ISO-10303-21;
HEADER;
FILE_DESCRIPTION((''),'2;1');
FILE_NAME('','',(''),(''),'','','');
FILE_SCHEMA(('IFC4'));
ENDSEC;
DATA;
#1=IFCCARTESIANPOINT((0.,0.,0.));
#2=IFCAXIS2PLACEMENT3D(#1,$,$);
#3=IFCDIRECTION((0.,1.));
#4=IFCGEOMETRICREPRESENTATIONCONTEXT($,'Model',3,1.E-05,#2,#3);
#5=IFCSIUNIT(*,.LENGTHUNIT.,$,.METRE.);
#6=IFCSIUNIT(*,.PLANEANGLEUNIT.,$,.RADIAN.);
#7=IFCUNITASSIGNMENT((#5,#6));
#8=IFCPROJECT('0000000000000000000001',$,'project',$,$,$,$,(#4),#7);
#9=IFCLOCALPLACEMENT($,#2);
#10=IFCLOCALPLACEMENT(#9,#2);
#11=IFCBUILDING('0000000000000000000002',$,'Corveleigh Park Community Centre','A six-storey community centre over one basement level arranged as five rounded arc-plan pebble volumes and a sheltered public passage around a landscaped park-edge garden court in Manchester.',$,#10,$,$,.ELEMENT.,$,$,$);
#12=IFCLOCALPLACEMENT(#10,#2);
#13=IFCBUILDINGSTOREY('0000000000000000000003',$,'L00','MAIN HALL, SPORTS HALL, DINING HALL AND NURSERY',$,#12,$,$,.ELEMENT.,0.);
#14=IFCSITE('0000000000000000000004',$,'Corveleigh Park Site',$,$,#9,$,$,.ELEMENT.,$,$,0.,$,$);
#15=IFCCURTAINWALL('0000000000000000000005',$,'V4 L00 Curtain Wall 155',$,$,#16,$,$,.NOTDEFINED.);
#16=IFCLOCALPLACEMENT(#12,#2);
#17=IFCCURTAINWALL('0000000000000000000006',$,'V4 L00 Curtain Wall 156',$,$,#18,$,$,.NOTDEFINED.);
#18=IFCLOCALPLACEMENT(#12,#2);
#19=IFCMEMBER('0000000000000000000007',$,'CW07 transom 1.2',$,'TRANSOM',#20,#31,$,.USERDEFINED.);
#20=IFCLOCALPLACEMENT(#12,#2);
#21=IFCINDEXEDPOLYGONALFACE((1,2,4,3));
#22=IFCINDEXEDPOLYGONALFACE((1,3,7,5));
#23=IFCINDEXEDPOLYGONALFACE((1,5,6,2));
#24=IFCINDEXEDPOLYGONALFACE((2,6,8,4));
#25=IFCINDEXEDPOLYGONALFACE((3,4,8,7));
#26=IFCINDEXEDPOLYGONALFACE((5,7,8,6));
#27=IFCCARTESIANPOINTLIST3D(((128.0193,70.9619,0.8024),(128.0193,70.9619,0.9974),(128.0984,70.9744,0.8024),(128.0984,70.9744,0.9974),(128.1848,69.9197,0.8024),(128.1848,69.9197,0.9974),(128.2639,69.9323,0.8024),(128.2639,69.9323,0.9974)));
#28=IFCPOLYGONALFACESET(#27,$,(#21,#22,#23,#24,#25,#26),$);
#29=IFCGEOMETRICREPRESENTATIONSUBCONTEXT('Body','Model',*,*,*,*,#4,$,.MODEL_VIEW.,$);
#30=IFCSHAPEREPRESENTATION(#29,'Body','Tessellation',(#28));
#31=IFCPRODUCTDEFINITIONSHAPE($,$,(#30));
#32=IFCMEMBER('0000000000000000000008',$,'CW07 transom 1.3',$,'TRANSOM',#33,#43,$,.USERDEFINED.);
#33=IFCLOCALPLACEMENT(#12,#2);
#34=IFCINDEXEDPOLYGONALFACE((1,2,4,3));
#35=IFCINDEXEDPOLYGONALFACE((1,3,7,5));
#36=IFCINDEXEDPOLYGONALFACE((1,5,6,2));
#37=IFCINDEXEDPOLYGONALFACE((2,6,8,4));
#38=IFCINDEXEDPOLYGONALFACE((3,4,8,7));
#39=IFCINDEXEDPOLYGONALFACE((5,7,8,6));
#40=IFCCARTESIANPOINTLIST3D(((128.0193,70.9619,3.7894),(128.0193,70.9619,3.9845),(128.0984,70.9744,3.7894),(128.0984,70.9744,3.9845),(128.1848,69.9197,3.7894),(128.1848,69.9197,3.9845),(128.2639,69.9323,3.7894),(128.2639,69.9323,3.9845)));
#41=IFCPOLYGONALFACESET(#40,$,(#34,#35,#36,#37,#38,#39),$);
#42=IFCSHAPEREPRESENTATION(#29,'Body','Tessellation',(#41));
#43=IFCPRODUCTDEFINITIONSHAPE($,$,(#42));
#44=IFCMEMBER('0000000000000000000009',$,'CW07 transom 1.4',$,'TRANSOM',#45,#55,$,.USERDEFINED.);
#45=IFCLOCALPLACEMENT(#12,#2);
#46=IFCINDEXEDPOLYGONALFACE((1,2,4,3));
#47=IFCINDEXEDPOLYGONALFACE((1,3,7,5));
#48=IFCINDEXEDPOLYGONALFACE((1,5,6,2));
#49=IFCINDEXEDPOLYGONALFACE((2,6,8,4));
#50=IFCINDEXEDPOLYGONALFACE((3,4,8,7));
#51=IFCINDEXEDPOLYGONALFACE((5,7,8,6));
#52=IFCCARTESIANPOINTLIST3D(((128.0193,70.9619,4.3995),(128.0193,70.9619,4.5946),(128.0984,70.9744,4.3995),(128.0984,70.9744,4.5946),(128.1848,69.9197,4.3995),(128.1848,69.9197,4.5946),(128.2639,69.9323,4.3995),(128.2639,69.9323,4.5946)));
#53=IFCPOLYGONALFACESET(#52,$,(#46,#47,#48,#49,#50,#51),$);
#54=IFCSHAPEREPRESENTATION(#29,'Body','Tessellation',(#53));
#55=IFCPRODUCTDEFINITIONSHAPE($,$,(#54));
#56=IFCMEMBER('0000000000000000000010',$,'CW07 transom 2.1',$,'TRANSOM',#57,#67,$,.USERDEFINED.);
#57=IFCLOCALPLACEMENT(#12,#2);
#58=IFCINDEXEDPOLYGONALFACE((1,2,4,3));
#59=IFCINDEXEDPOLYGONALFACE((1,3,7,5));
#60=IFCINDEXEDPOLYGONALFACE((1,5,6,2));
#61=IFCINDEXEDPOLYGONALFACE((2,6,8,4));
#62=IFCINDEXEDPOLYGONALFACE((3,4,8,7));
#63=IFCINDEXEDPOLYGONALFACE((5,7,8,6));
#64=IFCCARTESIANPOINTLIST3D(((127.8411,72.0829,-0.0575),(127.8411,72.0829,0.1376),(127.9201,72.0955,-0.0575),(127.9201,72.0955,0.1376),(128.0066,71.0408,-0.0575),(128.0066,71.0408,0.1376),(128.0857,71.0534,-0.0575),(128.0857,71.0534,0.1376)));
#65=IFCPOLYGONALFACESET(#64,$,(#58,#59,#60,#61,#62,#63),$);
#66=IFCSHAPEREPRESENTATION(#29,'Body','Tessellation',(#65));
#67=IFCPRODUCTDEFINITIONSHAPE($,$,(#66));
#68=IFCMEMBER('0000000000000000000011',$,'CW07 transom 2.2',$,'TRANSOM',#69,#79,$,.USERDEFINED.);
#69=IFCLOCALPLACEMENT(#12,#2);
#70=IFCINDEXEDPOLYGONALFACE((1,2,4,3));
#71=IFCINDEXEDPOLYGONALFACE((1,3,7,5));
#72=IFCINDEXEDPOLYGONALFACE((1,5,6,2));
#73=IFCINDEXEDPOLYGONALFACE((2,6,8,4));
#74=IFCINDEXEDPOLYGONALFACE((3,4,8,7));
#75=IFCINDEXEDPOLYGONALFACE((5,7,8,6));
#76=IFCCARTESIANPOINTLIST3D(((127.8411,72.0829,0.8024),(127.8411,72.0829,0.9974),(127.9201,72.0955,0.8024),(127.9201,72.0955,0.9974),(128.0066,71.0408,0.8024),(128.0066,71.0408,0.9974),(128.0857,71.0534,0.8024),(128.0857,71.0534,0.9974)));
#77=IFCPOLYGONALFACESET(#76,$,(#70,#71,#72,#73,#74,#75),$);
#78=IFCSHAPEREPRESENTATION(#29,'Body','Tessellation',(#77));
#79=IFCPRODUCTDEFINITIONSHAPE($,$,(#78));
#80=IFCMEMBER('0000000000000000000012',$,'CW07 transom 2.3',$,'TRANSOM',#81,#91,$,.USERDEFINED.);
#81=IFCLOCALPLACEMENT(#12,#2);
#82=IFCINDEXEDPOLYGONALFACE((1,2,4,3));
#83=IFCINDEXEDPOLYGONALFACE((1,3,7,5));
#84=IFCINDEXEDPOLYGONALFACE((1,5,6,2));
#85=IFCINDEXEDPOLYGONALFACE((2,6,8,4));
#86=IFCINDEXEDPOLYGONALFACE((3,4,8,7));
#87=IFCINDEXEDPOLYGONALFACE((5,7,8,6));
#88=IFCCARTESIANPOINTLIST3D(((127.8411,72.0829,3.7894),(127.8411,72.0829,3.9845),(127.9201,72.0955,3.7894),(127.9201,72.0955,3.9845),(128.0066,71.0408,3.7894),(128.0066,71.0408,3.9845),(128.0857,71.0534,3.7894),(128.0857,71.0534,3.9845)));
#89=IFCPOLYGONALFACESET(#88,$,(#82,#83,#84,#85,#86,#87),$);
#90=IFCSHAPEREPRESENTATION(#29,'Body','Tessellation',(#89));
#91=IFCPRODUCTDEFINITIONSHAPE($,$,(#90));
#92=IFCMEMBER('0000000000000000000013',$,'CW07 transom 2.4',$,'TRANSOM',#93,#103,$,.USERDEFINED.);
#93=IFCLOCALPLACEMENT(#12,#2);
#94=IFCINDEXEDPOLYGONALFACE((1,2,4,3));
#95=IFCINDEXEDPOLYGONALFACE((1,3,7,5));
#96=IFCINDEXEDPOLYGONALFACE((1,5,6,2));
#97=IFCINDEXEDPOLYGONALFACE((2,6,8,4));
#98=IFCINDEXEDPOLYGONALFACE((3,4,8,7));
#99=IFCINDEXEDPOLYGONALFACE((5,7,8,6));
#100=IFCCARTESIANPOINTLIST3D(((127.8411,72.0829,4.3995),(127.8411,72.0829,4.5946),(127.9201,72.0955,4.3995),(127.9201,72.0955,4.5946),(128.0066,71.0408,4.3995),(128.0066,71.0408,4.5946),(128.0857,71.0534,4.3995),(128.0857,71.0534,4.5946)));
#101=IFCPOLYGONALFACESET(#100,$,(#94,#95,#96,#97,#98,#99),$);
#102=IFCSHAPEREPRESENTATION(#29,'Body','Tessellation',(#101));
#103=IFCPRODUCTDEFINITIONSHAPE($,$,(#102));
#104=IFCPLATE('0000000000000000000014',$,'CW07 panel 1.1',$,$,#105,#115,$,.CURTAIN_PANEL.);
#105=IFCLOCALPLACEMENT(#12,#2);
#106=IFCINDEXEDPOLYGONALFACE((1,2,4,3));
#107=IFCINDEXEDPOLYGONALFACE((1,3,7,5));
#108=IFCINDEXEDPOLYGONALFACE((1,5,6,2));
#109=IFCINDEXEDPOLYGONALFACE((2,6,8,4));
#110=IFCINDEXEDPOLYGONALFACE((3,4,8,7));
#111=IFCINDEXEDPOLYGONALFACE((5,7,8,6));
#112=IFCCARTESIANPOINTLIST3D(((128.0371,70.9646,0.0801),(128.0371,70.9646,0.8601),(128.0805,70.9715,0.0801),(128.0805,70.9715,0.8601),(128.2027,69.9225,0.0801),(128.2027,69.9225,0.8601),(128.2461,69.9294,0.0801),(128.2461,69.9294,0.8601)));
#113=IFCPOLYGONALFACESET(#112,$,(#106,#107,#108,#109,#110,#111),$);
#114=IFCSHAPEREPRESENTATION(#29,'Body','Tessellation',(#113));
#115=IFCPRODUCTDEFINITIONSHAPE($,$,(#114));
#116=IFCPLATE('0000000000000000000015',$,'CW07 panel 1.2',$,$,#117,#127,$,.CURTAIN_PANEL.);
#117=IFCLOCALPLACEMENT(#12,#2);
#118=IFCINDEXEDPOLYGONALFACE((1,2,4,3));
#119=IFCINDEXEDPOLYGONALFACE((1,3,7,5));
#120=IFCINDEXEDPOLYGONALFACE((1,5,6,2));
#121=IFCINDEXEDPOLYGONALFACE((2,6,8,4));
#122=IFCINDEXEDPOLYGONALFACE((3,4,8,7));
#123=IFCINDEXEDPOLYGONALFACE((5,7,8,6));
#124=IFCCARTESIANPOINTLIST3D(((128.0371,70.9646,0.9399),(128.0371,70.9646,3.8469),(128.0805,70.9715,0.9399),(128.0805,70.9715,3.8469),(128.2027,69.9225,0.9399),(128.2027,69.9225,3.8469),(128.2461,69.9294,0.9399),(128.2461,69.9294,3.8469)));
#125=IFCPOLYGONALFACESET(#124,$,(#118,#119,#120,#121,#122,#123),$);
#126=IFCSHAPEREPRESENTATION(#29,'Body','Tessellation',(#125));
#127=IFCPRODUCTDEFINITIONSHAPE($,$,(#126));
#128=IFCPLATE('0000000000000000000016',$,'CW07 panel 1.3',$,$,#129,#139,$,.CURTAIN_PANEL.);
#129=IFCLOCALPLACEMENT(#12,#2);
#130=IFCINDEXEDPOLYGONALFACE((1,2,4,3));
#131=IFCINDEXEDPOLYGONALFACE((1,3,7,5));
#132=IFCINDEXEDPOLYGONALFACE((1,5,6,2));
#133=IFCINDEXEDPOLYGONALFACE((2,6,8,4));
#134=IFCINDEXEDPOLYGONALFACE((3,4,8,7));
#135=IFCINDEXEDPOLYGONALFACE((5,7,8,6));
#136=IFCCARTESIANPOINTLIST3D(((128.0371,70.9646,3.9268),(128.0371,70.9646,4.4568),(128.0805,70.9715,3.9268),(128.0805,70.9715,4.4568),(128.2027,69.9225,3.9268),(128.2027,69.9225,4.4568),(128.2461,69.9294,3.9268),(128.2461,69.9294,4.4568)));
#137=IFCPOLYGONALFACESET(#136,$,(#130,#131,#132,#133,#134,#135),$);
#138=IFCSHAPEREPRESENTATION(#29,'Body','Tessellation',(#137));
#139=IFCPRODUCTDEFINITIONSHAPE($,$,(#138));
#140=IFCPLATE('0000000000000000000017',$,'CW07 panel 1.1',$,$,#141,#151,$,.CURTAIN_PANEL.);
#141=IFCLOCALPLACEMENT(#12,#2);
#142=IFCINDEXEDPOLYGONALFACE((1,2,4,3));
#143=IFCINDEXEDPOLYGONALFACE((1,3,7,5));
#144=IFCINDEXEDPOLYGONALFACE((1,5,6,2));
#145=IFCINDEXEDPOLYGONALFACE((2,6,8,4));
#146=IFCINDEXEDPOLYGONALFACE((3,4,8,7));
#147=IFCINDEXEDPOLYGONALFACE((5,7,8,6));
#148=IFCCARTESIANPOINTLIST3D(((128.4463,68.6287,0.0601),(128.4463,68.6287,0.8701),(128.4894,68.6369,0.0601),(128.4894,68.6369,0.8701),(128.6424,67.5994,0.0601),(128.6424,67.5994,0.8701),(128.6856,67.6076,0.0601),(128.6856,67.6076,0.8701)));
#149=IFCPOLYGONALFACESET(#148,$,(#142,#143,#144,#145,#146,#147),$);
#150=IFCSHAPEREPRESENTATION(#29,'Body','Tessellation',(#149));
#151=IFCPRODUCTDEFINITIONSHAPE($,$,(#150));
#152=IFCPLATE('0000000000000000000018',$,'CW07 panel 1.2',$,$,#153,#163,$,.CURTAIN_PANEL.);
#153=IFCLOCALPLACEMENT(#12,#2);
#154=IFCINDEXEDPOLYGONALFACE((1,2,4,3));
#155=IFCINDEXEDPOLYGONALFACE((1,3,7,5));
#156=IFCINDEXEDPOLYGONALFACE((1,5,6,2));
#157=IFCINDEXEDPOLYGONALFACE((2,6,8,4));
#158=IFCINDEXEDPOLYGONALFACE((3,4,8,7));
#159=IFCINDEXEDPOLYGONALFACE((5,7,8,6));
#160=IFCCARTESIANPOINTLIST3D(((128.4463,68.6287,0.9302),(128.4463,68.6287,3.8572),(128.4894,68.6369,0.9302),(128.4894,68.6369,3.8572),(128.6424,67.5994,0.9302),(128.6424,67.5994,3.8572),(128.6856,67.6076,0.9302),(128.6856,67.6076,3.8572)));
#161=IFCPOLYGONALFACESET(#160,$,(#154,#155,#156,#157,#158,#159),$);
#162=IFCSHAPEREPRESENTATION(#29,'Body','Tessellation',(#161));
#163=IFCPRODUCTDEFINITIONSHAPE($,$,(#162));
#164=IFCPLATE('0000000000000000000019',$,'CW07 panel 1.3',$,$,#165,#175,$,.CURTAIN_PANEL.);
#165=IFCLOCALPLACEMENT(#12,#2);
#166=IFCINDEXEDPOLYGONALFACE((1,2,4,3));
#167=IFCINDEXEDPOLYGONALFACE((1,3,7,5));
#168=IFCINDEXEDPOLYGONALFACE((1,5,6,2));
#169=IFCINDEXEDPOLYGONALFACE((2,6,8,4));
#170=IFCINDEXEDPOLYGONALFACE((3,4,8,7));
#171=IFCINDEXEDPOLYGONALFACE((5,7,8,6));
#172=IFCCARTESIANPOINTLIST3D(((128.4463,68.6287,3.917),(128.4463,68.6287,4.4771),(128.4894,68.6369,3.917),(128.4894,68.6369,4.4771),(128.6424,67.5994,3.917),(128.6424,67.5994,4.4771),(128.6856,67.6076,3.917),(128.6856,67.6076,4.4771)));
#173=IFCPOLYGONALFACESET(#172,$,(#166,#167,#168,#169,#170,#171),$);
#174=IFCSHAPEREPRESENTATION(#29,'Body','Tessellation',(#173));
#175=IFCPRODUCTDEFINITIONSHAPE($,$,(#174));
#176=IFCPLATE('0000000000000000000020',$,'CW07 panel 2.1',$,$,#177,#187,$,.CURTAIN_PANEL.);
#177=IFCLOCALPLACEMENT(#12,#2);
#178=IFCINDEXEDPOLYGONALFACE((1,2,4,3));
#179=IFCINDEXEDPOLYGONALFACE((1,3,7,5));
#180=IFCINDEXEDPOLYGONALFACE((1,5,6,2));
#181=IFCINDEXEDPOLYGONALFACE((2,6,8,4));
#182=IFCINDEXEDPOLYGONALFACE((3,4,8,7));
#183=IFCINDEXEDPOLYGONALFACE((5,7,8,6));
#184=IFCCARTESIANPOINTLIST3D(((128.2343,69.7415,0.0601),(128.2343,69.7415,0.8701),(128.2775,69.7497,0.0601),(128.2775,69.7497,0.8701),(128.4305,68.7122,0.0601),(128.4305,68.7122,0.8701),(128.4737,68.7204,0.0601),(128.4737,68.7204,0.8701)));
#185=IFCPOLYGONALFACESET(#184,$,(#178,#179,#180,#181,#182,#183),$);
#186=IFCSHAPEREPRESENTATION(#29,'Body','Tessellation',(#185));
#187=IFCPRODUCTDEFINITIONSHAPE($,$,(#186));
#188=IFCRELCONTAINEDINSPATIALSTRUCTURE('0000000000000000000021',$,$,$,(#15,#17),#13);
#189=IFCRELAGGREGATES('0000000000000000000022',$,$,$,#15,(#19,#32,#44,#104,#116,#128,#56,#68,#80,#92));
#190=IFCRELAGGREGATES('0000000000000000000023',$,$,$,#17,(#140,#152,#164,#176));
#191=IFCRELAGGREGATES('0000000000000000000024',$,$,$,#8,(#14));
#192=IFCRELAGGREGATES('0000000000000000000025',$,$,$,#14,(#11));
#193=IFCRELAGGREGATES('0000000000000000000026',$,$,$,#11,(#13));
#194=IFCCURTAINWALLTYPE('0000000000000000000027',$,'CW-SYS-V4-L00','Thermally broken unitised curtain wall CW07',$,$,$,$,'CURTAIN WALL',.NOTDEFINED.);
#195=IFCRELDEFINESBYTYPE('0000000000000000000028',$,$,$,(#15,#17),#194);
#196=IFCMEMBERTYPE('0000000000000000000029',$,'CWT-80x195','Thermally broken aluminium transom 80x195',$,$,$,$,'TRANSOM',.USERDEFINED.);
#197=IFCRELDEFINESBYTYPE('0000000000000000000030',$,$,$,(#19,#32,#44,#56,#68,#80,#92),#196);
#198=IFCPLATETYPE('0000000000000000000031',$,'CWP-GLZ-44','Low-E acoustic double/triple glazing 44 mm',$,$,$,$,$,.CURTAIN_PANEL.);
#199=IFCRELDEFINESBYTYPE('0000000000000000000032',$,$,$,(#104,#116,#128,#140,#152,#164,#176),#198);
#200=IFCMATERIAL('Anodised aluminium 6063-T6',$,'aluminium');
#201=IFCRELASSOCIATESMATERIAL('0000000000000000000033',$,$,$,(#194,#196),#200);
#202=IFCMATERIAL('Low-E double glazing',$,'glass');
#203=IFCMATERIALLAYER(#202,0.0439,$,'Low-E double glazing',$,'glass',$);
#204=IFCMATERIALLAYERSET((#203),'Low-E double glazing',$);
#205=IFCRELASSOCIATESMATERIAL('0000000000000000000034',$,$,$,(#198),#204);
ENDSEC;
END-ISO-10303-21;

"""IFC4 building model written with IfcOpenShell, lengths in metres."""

from ifc_helpers import new_model, si_unit, direction, frame, origin, origin_2d, place, context, subcontext, project, spatial, rectangle, extrude, material, layer, layer_set, material_profile, profile_set, type_object, element, aggregate, save


model = new_model("IFC4")

# Units and contexts
model_context = context("Model", 3, precision=1e-05, world=origin(), true_north=direction((0.0, 1.0)))
body_context = subcontext(model_context, "Body", "Model", "MODEL_VIEW")
ifc_project = project(units=[si_unit("LENGTHUNIT", "METRE"), si_unit("PLANEANGLEUNIT", "RADIAN")], contexts=[model_context])

# Site, building, storey
site_placement = place(None, origin())
site = spatial("IfcSite", under=ifc_project, at=site_placement, Name="Corveleigh Park Site", CompositionType="ELEMENT", RefElevation=0.0)
building_placement = place(site_placement, origin())
building = spatial("IfcBuilding", under=site, at=building_placement, Name="Corveleigh Park Community Centre", Description="A six-storey community centre over one basement level arranged as five rounded arc-plan pebble volumes and a sheltered public passage around a landscaped park-edge garden court in Manchester.", CompositionType="ELEMENT")
storey_placement = place(building_placement, origin())
storey = spatial("IfcBuildingStorey", under=building, at=storey_placement, Name="L00", Description="MAIN HALL, SPORTS HALL, DINING HALL AND NURSERY", CompositionType="ELEMENT", Elevation=0.0)

# Curtain walls
ifc_material_1 = material(Name="Anodised aluminium 6063-T6", Category="aluminium")
curtain_wall_type = type_object("IfcCurtainWallType", Name="CW-SYS-V4-L00", Description="Thermally broken unitised curtain wall CW07", ElementType="CURTAIN WALL", PredefinedType="NOTDEFINED", material=ifc_material_1)
curtain_wall_1_placement = place(storey_placement, origin())
curtain_wall_1 = element("IfcCurtainWall", 1, at=curtain_wall_1_placement, inside=storey, type_object=curtain_wall_type, Name="V4 L00 Curtain Wall 155", PredefinedType="NOTDEFINED")
curtain_wall_2_placement = place(storey_placement, origin())
curtain_wall_2 = element("IfcCurtainWall", 2, at=curtain_wall_2_placement, inside=storey, type_object=curtain_wall_type, Name="V4 L00 Curtain Wall 156", PredefinedType="NOTDEFINED")

# Members
ifc_material_profile_1 = material_profile(ifc_material_1, rectangle(XDim=0.0801, YDim=0.1951, at=origin_2d()), Name="ALU-T80x195", Category="aluminium")
ifc_profile_set_1 = profile_set([ifc_material_profile_1], Name="Anodised aluminium 6063-T6")
member_type_1 = type_object("IfcMemberType", Name="CWT-80x195", Description="Thermally broken aluminium transom 80x195", ElementType="TRANSOM", PredefinedType="USERDEFINED", material=ifc_profile_set_1)
member_1_placement = place(storey_placement, frame((128.2244, 69.926, 0.8999), z_axis=(-0.156889, 0.987616, 0.0), x_axis=(-0.987616, -0.156889, 0.0)))
member_1 = element("IfcMember", 3, at=member_1_placement, type_object=member_type_1, Name="CW07 transom 1.2", ObjectType="TRANSOM", PredefinedType="USERDEFINED", context=body_context, shape_type="SweptSolid", body=[
    extrude(rectangle(XDim=0.0801, YDim=0.1951, at=origin_2d()), origin(), (0.0, 0.0, 1.0), 1.0552),
])
member_2_placement = place(storey_placement, frame((128.2244, 69.926, 3.887), z_axis=(-0.156889, 0.987616, 0.0), x_axis=(-0.987616, -0.156889, 0.0)))
member_2 = element("IfcMember", 4, at=member_2_placement, type_object=member_type_1, Name="CW07 transom 1.3", ObjectType="TRANSOM", PredefinedType="USERDEFINED", context=body_context, shape_type="SweptSolid", body=[
    extrude(rectangle(XDim=0.0801, YDim=0.1951, at=origin_2d()), origin(), (0.0, 0.0, 1.0), 1.0552),
])
member_3_placement = place(storey_placement, frame((128.2244, 69.926, 4.4971), z_axis=(-0.156889, 0.987616, 0.0), x_axis=(-0.987616, -0.156889, 0.0)))
member_3 = element("IfcMember", 5, at=member_3_placement, type_object=member_type_1, Name="CW07 transom 1.4", ObjectType="TRANSOM", PredefinedType="USERDEFINED", context=body_context, shape_type="SweptSolid", body=[
    extrude(rectangle(XDim=0.0801, YDim=0.1951, at=origin_2d()), origin(), (0.0, 0.0, 1.0), 1.0552),
])
member_4_placement = place(storey_placement, frame((128.0461, 71.0471, 0.04), z_axis=(-0.156889, 0.987616, 0.0), x_axis=(-0.987616, -0.156889, 0.0)))
member_4 = element("IfcMember", 6, at=member_4_placement, type_object=member_type_1, Name="CW07 transom 2.1", ObjectType="TRANSOM", PredefinedType="USERDEFINED", context=body_context, shape_type="SweptSolid", body=[
    extrude(rectangle(XDim=0.0801, YDim=0.1951, at=origin_2d()), origin(), (0.0, 0.0, 1.0), 1.0552),
])
member_5_placement = place(storey_placement, frame((128.0461, 71.0471, 0.8999), z_axis=(-0.156889, 0.987616, 0.0), x_axis=(-0.987616, -0.156889, 0.0)))
member_5 = element("IfcMember", 7, at=member_5_placement, type_object=member_type_1, Name="CW07 transom 2.2", ObjectType="TRANSOM", PredefinedType="USERDEFINED", context=body_context, shape_type="SweptSolid", body=[
    extrude(rectangle(XDim=0.0801, YDim=0.1951, at=origin_2d()), origin(), (0.0, 0.0, 1.0), 1.0552),
])
member_6_placement = place(storey_placement, frame((128.0461, 71.0471, 3.887), z_axis=(-0.156889, 0.987616, 0.0), x_axis=(-0.987616, -0.156889, 0.0)))
member_6 = element("IfcMember", 8, at=member_6_placement, type_object=member_type_1, Name="CW07 transom 2.3", ObjectType="TRANSOM", PredefinedType="USERDEFINED", context=body_context, shape_type="SweptSolid", body=[
    extrude(rectangle(XDim=0.0801, YDim=0.1951, at=origin_2d()), origin(), (0.0, 0.0, 1.0), 1.0552),
])
member_7_placement = place(storey_placement, frame((128.0461, 71.0471, 4.4971), z_axis=(-0.156889, 0.987616, 0.0), x_axis=(-0.987616, -0.156889, 0.0)))
member_7 = element("IfcMember", 9, at=member_7_placement, type_object=member_type_1, Name="CW07 transom 2.4", ObjectType="TRANSOM", PredefinedType="USERDEFINED", context=body_context, shape_type="SweptSolid", body=[
    extrude(rectangle(XDim=0.0801, YDim=0.1951, at=origin_2d()), origin(), (0.0, 0.0, 1.0), 1.0552),
])

# Plates
ifc_material_2 = material(Name="Low-E double glazing", Category="glass")
ifc_layer_1 = layer(ifc_material_2, 0.0439, Name="Low-E double glazing", Category="glass")
ifc_layer_set_1 = layer_set([ifc_layer_1], Name="Low-E double glazing")
plate_type = type_object("IfcPlateType", Name="CWP-GLZ-44", Description="Low-E acoustic double/triple glazing 44 mm", PredefinedType="CURTAIN_PANEL", material=ifc_layer_set_1)
plate_1_placement = place(storey_placement, frame((128.1416, 70.447, 0.0801), z_axis=(0.0, 0.0, 1.0), x_axis=(-0.157011, 0.987597, 0.0)))
plate_1 = element("IfcPlate", 10, at=plate_1_placement, type_object=plate_type, Name="CW07 panel 1.1", PredefinedType="CURTAIN_PANEL", context=body_context, shape_type="SweptSolid", body=[
    extrude(rectangle(XDim=1.0552, YDim=0.0439, at=origin_2d()), origin(), (0.0, 0.0, 1.0), 0.78),
])
plate_2_placement = place(storey_placement, frame((128.1416, 70.447, 0.9399), z_axis=(0.0, 0.0, 1.0), x_axis=(-0.157011, 0.987597, 0.0)))
plate_2 = element("IfcPlate", 11, at=plate_2_placement, type_object=plate_type, Name="CW07 panel 1.2", PredefinedType="CURTAIN_PANEL", context=body_context, shape_type="SweptSolid", body=[
    extrude(rectangle(XDim=1.0552, YDim=0.0439, at=origin_2d()), origin(), (0.0, 0.0, 1.0), 2.907),
])
plate_3_placement = place(storey_placement, frame((128.1416, 70.447, 3.9268), z_axis=(0.0, 0.0, 1.0), x_axis=(-0.157011, 0.987597, 0.0)))
plate_3 = element("IfcPlate", 12, at=plate_3_placement, type_object=plate_type, Name="CW07 panel 1.3", PredefinedType="CURTAIN_PANEL", context=body_context, shape_type="SweptSolid", body=[
    extrude(rectangle(XDim=1.0552, YDim=0.0439, at=origin_2d()), origin(), (0.0, 0.0, 1.0), 0.53),
])
aggregate(curtain_wall_1, [member_1, member_2, member_3, plate_1, plate_2, plate_3, member_4, member_5, member_6, member_7])
plate_4_placement = place(storey_placement, frame((128.5659, 68.1182, 0.0601), z_axis=(0.0, 0.0, 1.0), x_axis=(-0.18719, 0.982324, 0.0)))
plate_4 = element("IfcPlate", 13, at=plate_4_placement, type_object=plate_type, Name="CW07 panel 1.1", PredefinedType="CURTAIN_PANEL", context=body_context, shape_type="SweptSolid", body=[
    extrude(rectangle(XDim=1.0479, YDim=0.0439, at=origin_2d()), origin(), (0.0, 0.0, 1.0), 0.8101),
])
plate_5_placement = place(storey_placement, frame((128.5659, 68.1182, 0.9302), z_axis=(0.0, 0.0, 1.0), x_axis=(-0.18719, 0.982324, 0.0)))
plate_5 = element("IfcPlate", 14, at=plate_5_placement, type_object=plate_type, Name="CW07 panel 1.2", PredefinedType="CURTAIN_PANEL", context=body_context, shape_type="SweptSolid", body=[
    extrude(rectangle(XDim=1.0479, YDim=0.0439, at=origin_2d()), origin(), (0.0, 0.0, 1.0), 2.927),
])
plate_6_placement = place(storey_placement, frame((128.5659, 68.1182, 3.917), z_axis=(0.0, 0.0, 1.0), x_axis=(-0.18719, 0.982324, 0.0)))
plate_6 = element("IfcPlate", 15, at=plate_6_placement, type_object=plate_type, Name="CW07 panel 1.3", PredefinedType="CURTAIN_PANEL", context=body_context, shape_type="SweptSolid", body=[
    extrude(rectangle(XDim=1.0479, YDim=0.0439, at=origin_2d()), origin(), (0.0, 0.0, 1.0), 0.5601),
])
plate_7_placement = place(storey_placement, frame((128.354, 69.231, 0.0601), z_axis=(0.0, 0.0, 1.0), x_axis=(-0.18719, 0.982324, 0.0)))
plate_7 = element("IfcPlate", 16, at=plate_7_placement, type_object=plate_type, Name="CW07 panel 2.1", PredefinedType="CURTAIN_PANEL", context=body_context, shape_type="SweptSolid", body=[
    extrude(rectangle(XDim=1.0479, YDim=0.0439, at=origin_2d()), origin(), (0.0, 0.0, 1.0), 0.8101),
])
aggregate(curtain_wall_2, [plate_4, plate_5, plate_6, plate_7])

save(model, "model.ifc")
